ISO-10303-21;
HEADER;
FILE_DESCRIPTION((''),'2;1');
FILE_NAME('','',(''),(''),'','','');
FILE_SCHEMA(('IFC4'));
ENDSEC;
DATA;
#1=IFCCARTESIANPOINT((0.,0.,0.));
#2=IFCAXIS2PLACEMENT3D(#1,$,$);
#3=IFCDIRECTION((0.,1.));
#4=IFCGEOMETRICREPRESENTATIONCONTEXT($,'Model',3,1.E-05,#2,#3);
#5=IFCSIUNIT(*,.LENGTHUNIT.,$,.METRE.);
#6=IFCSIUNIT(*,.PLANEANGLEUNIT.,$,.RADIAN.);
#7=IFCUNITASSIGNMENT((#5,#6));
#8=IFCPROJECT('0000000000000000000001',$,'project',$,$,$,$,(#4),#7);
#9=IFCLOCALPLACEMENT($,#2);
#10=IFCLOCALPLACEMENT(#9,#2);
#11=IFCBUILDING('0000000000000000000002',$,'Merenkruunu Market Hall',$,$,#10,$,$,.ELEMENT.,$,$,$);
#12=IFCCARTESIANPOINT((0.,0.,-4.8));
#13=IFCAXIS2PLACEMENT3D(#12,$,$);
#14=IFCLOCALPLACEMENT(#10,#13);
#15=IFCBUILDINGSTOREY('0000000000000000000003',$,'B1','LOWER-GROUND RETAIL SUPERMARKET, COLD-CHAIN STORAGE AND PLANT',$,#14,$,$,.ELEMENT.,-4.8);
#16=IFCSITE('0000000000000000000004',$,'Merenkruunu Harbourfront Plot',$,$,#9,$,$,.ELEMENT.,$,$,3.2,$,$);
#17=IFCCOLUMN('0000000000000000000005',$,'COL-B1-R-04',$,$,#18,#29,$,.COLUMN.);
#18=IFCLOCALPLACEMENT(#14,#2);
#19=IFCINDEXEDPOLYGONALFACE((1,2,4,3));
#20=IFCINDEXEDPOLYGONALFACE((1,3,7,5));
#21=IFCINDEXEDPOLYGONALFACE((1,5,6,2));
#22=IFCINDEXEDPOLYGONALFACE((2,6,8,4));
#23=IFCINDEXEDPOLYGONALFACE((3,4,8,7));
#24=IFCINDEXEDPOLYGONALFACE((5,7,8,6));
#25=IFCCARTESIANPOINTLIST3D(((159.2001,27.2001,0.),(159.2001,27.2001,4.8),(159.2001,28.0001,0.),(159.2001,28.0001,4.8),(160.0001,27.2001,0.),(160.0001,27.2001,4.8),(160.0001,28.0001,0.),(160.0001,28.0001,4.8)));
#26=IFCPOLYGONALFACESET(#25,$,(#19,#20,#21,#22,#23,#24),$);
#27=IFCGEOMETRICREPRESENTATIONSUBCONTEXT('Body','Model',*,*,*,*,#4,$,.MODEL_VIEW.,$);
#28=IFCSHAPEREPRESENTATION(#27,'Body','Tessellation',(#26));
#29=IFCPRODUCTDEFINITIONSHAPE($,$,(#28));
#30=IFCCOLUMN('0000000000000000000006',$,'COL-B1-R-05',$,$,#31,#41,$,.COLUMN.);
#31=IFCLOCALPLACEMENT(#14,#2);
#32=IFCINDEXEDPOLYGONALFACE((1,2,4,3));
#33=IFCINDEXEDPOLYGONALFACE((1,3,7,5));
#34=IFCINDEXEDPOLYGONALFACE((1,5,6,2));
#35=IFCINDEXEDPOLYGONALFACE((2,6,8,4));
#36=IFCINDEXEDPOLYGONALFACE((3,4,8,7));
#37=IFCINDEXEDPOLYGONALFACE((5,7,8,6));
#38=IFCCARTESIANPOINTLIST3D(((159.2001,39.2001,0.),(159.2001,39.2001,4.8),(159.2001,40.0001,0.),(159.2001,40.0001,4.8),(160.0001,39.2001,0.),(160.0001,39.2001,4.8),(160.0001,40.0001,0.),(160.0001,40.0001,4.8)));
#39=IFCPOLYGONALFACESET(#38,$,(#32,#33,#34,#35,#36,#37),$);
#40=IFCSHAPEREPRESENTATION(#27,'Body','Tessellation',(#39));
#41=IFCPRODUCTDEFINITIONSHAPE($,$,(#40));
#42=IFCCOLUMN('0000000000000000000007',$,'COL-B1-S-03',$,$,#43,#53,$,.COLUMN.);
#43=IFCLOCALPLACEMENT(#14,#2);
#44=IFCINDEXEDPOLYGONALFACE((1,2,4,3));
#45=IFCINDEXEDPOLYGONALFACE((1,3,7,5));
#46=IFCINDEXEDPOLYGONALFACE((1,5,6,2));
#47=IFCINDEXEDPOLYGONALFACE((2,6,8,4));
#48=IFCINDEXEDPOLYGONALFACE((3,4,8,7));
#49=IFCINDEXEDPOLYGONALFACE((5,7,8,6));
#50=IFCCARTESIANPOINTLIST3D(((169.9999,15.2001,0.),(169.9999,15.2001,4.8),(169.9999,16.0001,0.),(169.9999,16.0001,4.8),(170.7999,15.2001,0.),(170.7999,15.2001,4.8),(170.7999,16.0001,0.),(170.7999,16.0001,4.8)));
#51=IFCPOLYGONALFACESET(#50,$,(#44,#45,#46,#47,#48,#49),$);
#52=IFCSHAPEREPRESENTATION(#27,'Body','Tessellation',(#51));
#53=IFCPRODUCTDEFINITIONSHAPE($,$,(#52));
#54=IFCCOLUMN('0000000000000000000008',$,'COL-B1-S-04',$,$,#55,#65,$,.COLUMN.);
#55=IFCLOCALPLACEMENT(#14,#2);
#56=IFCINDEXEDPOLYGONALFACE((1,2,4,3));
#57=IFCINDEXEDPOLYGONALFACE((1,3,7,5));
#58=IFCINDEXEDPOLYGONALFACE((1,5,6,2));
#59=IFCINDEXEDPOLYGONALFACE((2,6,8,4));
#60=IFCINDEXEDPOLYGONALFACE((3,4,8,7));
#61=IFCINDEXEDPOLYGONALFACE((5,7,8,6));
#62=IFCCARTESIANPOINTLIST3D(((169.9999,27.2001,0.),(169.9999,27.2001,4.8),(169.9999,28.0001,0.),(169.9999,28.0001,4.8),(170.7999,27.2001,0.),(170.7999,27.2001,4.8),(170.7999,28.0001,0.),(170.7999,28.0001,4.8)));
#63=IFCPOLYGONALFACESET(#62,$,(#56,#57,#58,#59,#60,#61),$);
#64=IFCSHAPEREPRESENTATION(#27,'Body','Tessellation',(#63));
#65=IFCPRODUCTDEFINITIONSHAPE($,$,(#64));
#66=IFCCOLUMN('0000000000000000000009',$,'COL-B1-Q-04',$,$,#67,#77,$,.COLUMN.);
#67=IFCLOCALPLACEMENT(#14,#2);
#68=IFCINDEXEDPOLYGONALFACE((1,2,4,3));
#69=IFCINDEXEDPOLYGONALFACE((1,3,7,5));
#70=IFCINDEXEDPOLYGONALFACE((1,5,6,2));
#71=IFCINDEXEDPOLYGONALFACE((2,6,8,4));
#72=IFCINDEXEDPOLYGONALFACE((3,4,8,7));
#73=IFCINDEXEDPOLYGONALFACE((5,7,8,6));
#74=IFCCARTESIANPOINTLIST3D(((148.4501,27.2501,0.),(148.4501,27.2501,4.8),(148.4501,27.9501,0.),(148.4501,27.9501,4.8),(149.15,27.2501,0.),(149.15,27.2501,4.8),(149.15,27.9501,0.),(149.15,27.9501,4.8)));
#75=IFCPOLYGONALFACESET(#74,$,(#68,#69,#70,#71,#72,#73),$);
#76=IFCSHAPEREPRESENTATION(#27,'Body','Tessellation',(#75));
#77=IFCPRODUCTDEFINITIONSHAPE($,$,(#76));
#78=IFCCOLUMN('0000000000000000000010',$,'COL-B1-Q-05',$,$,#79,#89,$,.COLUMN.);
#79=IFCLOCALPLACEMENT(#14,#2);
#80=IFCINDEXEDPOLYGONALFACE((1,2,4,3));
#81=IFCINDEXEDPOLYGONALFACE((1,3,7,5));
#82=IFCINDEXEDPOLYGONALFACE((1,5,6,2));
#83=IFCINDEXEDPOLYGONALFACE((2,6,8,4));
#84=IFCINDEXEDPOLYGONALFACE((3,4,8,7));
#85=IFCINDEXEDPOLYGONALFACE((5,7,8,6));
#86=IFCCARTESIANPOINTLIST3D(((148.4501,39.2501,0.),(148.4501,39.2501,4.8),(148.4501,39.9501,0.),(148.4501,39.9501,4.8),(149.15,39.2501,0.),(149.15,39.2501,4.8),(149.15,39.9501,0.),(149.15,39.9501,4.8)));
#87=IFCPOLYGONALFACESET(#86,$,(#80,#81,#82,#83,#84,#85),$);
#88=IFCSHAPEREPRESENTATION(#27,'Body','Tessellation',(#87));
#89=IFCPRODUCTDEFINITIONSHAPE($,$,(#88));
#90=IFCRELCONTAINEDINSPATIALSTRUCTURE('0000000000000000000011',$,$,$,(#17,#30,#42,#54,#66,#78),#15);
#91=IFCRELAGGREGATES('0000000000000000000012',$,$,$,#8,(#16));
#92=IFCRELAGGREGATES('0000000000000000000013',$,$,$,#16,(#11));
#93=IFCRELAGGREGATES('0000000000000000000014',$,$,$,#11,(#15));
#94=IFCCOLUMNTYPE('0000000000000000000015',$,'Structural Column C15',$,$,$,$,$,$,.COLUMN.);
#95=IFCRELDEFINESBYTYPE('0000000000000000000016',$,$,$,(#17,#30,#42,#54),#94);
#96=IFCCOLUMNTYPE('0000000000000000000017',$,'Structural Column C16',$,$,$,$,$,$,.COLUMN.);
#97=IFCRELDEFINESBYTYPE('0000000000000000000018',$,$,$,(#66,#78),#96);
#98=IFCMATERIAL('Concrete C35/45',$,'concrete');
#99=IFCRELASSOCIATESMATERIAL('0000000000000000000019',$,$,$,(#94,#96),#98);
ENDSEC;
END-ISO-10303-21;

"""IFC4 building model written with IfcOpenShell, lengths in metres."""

from ifc_helpers import new_model, si_unit, direction, frame, origin, origin_2d, place, context, subcontext, project, spatial, rectangle, extrude, material, material_profile, profile_set, type_object, element, save


model = new_model("IFC4")

# Units and contexts
model_context = context("Model", 3, precision=1e-05, world=origin(), true_north=direction((0.0, 1.0)))
body_context = subcontext(model_context, "Body", "Model", "MODEL_VIEW")
ifc_project = project(units=[si_unit("LENGTHUNIT", "METRE"), si_unit("PLANEANGLEUNIT", "RADIAN")], contexts=[model_context])

# Site, building, storey
site_placement = place(None, origin())
site = spatial("IfcSite", under=ifc_project, at=site_placement, Name="Merenkruunu Harbourfront Plot", CompositionType="ELEMENT", RefElevation=3.2)
building_placement = place(site_placement, origin())
building = spatial("IfcBuilding", under=site, at=building_placement, Name="Merenkruunu Market Hall", CompositionType="ELEMENT")
storey_placement = place(building_placement, frame((0.0, 0.0, -4.8)))
storey = spatial("IfcBuildingStorey", under=building, at=storey_placement, Name="B1", Description="LOWER-GROUND RETAIL SUPERMARKET, COLD-CHAIN STORAGE AND PLANT", CompositionType="ELEMENT", Elevation=-4.8)

# Shared definitions
ifc_material = material(Name="Concrete C35/45", Category="concrete")

# Columns
ifc_material_profile_1 = material_profile(ifc_material, rectangle(XDim=0.8, YDim=0.8, at=origin_2d()), Name="RC 800x800")
ifc_profile_set_1 = profile_set([ifc_material_profile_1], Name="Concrete C35/45")
column_type_1 = type_object("IfcColumnType", Name="Structural Column C15", PredefinedType="COLUMN", material=ifc_profile_set_1)
for number, where, z_axis, x_axis, name in (
    (1, (159.6001, 27.6001, 0.0), (0.0, 0.0, 1.0), (1.0, 0.0, 0.0), "COL-B1-R-04"),
    (2, (159.6001, 39.6001, 0.0), (0.0, 0.0, 1.0), (1.0, 0.0, 0.0), "COL-B1-R-05"),
    (3, (170.3999, 15.6001, 0.0), (0.0, 0.0, 1.0), (1.0, 0.0, 0.0), "COL-B1-S-03"),
    (4, (170.3999, 27.6001, 0.0), (0.0, 0.0, 1.0), (1.0, 0.0, 0.0), "COL-B1-S-04"),
):
    element("IfcColumn", number, at=place(storey_placement, frame(where, z_axis=z_axis, x_axis=x_axis)), inside=storey, type_object=column_type_1, Name=name, PredefinedType="COLUMN", context=body_context, shape_type="SweptSolid", body=[
        extrude(rectangle(XDim=0.8, YDim=0.8, at=origin_2d()), origin(), (0.0, 0.0, 1.0), 4.8),
    ])
ifc_material_profile_2 = material_profile(ifc_material, rectangle(XDim=0.7, YDim=0.7, at=origin_2d()), Name="RC 700x700")
ifc_profile_set_2 = profile_set([ifc_material_profile_2], Name="Concrete C35/45")
column_type_2 = type_object("IfcColumnType", Name="Structural Column C16", PredefinedType="COLUMN", material=ifc_profile_set_2)
for number, where, z_axis, x_axis, name in (
    (5, (148.8, 27.6001, 0.0), (0.0, 0.0, 1.0), (1.0, 0.0, 0.0), "COL-B1-Q-04"),
    (6, (148.8, 39.6001, 0.0), (0.0, 0.0, 1.0), (1.0, 0.0, 0.0), "COL-B1-Q-05"),
):
    element("IfcColumn", number, at=place(storey_placement, frame(where, z_axis=z_axis, x_axis=x_axis)), inside=storey, type_object=column_type_2, Name=name, PredefinedType="COLUMN", context=body_context, shape_type="SweptSolid", body=[
        extrude(rectangle(XDim=0.7, YDim=0.7, at=origin_2d()), origin(), (0.0, 0.0, 1.0), 4.8),
    ])

save(model, "model.ifc")
